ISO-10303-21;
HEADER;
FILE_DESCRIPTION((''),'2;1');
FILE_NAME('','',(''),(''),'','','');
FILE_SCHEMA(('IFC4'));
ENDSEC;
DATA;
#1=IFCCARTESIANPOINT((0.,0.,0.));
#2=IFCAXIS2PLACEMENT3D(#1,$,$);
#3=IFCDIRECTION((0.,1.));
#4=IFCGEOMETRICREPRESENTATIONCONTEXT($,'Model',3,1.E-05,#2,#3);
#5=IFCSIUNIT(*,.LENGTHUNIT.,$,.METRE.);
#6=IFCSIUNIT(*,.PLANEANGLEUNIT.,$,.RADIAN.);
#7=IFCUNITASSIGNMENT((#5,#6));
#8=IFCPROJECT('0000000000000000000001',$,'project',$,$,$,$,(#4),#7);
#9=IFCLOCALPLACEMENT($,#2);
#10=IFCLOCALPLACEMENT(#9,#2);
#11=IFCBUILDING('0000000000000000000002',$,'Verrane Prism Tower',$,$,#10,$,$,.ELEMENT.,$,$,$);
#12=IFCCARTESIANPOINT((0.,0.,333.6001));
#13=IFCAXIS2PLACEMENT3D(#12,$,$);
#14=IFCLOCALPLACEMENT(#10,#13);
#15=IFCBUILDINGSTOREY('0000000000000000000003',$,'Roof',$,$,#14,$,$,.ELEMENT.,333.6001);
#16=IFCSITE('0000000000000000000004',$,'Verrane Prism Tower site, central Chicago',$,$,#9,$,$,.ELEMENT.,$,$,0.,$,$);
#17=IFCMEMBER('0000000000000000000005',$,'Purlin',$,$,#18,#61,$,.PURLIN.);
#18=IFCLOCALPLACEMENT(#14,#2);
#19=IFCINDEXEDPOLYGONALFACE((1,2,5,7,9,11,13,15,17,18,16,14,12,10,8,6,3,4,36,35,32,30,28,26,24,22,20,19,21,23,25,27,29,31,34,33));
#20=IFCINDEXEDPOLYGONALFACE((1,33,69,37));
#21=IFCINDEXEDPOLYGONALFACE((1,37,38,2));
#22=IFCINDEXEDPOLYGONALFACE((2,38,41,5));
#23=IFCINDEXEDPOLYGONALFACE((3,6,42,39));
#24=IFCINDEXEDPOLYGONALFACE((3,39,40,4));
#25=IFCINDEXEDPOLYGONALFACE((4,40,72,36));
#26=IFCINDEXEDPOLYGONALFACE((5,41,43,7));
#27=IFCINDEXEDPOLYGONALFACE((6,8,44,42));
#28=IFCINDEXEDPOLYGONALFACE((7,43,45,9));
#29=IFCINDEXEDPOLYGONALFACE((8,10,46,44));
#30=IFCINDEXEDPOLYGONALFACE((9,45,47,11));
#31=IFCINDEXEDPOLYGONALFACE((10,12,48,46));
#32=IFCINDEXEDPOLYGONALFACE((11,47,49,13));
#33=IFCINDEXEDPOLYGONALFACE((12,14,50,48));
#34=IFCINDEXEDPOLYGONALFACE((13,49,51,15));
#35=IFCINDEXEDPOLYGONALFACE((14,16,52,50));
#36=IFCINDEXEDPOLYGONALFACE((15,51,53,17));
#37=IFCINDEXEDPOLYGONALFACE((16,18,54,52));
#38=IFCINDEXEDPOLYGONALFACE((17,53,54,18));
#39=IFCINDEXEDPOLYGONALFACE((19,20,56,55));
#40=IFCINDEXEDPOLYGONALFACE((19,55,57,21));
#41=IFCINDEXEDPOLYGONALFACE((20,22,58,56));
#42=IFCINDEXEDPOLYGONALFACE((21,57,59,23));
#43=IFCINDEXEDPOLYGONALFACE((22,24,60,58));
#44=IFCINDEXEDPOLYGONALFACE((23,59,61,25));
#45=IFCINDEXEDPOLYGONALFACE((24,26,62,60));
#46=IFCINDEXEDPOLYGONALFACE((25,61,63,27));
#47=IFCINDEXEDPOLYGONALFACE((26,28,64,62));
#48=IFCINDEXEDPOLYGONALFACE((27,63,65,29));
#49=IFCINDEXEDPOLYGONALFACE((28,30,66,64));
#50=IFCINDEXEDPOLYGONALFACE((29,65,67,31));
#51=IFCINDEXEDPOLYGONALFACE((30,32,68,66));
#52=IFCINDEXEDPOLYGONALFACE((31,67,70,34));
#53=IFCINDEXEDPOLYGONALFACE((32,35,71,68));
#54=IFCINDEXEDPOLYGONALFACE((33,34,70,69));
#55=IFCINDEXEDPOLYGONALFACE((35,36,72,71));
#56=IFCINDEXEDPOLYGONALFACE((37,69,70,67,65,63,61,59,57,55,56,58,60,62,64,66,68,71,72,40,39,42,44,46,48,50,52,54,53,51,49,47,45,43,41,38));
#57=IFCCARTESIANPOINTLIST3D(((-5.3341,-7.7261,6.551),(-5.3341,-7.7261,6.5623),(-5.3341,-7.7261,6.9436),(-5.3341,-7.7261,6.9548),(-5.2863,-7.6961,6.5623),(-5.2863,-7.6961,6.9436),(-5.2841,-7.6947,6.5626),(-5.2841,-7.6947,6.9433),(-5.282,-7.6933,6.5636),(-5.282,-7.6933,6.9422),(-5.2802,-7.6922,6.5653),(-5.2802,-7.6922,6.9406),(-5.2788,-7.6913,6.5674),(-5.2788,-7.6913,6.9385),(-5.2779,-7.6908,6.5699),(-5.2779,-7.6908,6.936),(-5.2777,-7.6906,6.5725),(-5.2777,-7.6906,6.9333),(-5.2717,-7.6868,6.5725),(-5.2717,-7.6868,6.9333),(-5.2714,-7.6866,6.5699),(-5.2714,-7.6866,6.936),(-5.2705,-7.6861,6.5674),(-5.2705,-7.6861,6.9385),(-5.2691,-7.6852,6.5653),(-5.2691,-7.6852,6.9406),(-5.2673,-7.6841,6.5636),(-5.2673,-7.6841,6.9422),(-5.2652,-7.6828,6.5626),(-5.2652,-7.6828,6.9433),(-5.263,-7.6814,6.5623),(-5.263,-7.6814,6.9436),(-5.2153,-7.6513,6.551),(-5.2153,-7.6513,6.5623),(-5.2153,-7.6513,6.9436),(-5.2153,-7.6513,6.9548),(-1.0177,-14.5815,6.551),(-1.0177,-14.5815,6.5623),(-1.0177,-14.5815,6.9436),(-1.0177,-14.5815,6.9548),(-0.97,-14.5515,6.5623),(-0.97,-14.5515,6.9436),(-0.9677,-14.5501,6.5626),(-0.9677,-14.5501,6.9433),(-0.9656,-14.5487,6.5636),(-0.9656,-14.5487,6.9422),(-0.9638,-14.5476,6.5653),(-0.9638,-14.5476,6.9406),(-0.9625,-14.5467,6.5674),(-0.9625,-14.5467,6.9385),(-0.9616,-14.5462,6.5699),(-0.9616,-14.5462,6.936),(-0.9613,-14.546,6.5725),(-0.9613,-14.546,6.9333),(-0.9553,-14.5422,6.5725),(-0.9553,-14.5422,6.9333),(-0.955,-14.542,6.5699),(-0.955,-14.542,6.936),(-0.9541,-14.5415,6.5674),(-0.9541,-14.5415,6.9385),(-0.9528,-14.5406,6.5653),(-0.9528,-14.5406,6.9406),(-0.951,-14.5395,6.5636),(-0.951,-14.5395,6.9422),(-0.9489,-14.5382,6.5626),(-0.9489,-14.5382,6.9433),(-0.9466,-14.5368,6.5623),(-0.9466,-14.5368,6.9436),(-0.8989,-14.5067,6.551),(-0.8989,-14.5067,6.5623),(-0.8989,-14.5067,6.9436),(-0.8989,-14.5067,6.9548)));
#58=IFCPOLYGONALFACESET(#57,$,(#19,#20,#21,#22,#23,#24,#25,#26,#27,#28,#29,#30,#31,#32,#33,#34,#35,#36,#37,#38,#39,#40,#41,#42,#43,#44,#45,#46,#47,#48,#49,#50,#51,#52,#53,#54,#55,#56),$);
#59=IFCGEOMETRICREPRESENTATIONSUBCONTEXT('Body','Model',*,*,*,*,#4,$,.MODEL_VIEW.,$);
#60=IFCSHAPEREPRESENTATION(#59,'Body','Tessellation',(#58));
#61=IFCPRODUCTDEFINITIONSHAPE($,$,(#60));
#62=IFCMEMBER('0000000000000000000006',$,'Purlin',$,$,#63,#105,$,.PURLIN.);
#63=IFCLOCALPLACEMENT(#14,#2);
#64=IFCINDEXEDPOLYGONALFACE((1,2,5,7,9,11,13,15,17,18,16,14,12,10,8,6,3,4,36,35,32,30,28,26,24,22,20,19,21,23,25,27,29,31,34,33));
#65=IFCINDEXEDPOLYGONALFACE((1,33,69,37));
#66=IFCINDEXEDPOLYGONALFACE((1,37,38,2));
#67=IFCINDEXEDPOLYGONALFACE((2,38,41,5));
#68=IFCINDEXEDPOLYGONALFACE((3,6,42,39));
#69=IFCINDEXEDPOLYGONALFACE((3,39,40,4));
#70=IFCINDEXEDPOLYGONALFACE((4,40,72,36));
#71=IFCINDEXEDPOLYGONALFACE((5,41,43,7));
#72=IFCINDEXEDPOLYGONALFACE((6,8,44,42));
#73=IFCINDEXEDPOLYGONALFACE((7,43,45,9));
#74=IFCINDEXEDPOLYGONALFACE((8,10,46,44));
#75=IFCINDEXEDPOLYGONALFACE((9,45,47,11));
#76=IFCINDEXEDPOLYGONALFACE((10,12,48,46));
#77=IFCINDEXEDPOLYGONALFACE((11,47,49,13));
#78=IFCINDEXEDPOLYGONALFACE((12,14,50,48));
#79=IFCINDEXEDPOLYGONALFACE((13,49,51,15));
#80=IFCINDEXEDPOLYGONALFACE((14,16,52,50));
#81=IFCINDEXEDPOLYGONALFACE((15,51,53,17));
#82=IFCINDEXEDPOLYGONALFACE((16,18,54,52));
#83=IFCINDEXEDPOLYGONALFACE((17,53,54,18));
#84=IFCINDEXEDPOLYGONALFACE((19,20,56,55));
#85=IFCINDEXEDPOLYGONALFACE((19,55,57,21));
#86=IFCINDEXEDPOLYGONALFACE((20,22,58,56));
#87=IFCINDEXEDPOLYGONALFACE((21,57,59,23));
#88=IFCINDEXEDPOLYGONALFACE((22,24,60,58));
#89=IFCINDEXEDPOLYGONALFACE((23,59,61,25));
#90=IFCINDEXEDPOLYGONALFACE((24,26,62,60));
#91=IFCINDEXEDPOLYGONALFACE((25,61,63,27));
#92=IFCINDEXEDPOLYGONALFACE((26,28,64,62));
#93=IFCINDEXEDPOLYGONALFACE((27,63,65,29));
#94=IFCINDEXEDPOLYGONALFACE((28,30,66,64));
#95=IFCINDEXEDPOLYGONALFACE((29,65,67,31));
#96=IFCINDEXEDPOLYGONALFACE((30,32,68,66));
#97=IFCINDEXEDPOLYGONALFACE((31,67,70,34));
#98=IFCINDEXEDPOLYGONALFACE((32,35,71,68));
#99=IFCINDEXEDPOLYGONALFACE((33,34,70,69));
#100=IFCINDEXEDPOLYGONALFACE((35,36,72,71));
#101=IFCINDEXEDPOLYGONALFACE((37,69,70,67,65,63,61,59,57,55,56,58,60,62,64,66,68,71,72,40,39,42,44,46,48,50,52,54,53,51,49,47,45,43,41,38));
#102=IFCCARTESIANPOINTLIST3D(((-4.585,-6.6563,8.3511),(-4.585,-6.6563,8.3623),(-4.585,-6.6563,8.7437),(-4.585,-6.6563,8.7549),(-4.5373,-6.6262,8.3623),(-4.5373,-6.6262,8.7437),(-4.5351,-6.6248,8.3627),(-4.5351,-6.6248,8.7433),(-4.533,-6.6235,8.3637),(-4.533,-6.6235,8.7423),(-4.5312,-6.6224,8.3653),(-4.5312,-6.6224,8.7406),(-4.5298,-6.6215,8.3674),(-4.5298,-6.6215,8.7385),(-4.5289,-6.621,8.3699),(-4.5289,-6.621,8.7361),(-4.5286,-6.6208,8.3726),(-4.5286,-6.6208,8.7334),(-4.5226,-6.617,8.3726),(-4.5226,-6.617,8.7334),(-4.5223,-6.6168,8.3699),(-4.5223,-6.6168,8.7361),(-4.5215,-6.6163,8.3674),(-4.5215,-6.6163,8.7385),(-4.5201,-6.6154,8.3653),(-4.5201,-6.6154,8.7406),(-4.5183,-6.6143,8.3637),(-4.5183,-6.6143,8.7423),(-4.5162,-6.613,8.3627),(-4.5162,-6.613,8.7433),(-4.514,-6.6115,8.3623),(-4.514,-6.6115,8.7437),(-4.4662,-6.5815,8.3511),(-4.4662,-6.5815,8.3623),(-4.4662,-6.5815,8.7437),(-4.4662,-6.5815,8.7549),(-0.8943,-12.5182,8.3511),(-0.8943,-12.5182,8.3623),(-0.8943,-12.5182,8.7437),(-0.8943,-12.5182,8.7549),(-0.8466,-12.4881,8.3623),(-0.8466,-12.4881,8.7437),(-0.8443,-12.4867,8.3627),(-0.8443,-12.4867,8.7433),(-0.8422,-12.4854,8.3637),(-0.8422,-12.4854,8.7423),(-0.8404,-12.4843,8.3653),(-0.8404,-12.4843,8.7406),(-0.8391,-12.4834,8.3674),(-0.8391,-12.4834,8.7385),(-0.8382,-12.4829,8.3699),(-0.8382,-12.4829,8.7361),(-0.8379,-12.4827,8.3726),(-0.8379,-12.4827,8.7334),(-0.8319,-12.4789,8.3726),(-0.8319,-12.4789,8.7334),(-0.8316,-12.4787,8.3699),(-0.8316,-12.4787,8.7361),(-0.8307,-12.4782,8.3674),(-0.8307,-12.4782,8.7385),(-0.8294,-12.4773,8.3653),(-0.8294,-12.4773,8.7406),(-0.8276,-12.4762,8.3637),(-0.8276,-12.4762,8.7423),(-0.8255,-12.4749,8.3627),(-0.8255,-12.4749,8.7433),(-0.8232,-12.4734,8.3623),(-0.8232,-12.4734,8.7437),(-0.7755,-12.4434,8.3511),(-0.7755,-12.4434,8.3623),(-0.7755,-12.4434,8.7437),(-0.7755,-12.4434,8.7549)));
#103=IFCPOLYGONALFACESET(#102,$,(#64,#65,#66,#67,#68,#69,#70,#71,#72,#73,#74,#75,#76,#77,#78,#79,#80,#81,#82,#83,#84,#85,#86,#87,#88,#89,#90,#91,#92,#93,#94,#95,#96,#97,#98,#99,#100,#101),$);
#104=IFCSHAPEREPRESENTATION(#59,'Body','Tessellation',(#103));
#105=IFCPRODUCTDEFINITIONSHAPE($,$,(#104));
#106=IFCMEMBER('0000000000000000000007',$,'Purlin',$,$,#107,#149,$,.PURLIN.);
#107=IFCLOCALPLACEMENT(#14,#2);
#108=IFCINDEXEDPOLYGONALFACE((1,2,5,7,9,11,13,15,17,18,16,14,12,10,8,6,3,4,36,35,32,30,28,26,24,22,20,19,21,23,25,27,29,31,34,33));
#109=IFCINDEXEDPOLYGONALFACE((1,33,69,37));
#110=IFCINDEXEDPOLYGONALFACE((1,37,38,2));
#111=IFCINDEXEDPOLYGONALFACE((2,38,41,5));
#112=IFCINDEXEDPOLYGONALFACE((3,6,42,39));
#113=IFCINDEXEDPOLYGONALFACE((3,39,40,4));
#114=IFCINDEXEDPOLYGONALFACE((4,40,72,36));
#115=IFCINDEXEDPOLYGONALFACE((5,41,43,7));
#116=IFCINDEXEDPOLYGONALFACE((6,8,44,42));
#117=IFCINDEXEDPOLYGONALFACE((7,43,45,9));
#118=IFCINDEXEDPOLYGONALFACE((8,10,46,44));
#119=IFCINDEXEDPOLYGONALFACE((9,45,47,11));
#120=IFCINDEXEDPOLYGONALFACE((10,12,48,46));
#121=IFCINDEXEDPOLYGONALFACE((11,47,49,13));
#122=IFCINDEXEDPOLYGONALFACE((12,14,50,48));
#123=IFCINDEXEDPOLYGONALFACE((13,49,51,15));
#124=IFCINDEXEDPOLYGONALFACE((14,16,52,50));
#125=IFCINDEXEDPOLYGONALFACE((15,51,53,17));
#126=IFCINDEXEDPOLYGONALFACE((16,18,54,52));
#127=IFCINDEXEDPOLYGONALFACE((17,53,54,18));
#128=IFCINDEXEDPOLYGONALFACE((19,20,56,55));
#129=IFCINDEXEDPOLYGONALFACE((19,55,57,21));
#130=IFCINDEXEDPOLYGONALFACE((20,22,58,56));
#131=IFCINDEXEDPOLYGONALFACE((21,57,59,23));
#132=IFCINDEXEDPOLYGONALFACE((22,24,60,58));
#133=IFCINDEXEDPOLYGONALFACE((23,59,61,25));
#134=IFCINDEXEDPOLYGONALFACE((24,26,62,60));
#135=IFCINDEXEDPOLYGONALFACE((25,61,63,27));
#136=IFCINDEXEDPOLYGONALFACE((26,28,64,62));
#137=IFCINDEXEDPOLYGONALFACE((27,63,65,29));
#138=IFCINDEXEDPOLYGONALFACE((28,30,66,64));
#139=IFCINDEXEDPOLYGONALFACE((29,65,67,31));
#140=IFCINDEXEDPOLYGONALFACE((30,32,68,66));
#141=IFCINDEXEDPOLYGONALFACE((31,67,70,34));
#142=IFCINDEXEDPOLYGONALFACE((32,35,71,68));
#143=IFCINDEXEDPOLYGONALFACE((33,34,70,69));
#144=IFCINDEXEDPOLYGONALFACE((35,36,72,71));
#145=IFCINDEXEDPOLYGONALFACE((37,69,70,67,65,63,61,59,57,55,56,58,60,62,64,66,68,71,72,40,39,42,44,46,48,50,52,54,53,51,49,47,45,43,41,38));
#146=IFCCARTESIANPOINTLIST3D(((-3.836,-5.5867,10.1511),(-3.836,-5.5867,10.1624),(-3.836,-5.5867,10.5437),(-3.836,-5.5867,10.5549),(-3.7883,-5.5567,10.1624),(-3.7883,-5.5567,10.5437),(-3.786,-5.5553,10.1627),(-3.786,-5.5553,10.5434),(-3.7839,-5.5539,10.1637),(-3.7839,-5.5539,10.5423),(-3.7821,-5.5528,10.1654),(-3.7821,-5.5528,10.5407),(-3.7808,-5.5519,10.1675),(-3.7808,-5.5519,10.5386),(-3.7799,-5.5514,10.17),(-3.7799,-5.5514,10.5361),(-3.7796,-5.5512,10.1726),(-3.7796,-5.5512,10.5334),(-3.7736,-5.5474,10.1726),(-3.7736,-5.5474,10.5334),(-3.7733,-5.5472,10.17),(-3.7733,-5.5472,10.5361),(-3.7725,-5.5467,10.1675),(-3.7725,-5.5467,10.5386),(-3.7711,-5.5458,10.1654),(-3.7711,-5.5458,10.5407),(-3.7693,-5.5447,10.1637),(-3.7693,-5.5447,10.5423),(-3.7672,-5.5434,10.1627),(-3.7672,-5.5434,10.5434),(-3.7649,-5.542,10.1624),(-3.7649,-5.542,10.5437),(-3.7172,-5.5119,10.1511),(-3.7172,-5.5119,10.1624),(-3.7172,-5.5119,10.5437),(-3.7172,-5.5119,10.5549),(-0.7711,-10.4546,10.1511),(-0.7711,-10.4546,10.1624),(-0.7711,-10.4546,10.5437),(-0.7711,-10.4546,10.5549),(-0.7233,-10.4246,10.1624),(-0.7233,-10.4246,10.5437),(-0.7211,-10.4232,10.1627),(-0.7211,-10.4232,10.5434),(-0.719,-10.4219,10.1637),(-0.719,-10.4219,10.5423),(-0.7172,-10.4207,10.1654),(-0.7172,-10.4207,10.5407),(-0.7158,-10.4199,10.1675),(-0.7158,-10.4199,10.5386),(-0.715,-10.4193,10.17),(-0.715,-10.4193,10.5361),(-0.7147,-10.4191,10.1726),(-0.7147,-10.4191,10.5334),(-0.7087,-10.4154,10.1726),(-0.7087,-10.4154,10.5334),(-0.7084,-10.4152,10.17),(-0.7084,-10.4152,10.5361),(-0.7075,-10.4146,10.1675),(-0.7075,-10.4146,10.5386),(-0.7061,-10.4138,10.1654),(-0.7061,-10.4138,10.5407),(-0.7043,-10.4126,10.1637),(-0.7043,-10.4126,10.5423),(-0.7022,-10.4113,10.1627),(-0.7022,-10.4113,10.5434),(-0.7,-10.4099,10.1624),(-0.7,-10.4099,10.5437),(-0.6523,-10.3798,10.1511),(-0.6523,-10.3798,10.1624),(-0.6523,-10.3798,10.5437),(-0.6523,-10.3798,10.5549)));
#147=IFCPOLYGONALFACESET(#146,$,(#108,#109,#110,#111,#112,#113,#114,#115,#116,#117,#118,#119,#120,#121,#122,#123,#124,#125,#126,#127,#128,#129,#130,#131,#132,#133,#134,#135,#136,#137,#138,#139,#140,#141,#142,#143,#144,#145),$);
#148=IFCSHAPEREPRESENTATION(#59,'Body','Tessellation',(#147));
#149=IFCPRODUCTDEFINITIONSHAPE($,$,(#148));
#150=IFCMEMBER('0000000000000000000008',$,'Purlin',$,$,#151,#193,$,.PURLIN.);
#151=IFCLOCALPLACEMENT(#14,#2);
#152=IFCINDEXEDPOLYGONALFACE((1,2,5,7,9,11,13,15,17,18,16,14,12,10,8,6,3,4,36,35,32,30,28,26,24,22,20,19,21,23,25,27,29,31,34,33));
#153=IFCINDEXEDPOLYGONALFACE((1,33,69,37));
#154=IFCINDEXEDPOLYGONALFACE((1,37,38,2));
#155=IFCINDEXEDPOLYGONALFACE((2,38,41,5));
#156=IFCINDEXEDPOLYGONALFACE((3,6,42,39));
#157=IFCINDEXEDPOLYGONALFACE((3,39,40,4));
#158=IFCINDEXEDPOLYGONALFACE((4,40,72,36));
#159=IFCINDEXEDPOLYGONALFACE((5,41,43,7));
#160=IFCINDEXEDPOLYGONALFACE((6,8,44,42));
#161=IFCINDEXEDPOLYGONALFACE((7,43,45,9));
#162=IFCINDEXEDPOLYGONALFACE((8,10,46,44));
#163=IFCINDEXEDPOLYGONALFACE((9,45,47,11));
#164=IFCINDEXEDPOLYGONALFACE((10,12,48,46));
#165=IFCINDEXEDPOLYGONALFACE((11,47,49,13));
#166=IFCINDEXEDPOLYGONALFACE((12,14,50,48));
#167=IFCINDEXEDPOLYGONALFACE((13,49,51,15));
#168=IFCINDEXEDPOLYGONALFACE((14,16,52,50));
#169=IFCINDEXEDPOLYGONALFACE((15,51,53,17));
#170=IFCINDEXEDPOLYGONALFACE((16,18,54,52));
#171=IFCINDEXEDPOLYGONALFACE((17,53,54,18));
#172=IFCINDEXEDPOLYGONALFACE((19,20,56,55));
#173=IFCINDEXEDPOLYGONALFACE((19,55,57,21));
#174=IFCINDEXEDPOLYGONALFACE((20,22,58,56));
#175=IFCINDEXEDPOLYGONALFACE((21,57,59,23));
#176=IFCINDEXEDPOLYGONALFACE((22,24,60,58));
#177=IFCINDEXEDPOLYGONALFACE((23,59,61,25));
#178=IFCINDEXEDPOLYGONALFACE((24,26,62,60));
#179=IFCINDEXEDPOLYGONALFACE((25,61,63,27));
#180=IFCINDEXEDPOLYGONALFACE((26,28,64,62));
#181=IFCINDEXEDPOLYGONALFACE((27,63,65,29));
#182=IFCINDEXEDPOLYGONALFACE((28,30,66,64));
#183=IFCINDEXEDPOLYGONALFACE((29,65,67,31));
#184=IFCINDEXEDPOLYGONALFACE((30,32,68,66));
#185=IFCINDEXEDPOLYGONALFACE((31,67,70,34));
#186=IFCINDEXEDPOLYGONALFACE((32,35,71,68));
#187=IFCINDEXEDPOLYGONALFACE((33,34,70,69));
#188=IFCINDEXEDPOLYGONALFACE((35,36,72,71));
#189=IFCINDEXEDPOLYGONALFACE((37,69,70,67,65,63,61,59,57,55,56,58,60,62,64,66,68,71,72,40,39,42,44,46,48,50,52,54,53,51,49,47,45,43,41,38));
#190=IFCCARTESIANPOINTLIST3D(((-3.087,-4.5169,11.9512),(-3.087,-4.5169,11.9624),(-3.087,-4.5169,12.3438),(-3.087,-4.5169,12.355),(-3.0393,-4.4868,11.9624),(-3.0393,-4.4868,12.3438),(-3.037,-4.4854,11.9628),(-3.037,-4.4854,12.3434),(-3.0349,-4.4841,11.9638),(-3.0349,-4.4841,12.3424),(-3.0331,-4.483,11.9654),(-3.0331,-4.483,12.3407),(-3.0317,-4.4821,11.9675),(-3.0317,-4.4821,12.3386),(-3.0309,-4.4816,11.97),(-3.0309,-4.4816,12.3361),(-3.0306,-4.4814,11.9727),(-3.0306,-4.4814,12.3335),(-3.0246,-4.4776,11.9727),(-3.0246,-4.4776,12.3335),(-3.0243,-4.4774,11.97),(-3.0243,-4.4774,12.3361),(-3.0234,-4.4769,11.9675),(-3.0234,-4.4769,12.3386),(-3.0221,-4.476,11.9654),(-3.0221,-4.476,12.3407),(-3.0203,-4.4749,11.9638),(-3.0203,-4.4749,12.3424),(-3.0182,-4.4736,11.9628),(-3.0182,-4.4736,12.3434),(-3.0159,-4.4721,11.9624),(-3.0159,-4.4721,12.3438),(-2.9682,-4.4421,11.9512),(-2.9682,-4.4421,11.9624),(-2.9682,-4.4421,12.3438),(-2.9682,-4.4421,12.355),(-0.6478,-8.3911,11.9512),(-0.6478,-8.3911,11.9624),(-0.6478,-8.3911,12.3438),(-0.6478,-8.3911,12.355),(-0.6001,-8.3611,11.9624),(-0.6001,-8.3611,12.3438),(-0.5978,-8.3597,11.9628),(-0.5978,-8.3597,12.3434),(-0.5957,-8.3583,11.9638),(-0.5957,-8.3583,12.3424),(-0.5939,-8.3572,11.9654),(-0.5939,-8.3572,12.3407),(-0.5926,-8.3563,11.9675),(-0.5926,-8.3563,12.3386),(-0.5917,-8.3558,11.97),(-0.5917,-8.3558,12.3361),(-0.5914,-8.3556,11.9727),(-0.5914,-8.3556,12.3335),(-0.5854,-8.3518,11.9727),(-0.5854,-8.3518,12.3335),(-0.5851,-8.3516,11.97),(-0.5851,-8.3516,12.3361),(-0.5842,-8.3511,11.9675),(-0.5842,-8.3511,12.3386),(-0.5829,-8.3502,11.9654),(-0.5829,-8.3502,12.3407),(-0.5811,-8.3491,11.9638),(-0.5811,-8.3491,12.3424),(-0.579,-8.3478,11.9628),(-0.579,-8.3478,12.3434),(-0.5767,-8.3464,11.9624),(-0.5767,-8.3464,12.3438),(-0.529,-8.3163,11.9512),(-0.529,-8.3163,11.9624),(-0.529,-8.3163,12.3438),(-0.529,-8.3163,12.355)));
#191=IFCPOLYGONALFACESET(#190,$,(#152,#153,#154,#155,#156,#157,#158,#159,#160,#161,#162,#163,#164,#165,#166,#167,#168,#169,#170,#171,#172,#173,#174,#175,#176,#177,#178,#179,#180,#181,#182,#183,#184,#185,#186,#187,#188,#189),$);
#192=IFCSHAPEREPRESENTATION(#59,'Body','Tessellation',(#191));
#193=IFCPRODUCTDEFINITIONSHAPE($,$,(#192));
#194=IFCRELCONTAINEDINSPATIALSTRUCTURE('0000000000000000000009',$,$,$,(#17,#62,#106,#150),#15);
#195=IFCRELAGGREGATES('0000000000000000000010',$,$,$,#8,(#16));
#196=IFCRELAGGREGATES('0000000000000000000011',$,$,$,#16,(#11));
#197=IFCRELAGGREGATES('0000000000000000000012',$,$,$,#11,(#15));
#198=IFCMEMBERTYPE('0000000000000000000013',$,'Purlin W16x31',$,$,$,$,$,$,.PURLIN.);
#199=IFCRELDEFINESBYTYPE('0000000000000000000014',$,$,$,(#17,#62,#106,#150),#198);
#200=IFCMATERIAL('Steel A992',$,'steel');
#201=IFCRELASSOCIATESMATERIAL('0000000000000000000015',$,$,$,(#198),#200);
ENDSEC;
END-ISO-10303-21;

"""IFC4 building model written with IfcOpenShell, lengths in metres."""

from ifc_helpers import new_model, si_unit, direction, frame, origin, origin_2d, place, context, subcontext, project, spatial, i_section, extrude, material, material_profile, profile_set, type_object, element, save


model = new_model("IFC4")

# Units and contexts
model_context = context("Model", 3, precision=1e-05, world=origin(), true_north=direction((0.0, 1.0)))
body_context = subcontext(model_context, "Body", "Model", "MODEL_VIEW")
ifc_project = project(units=[si_unit("LENGTHUNIT", "METRE"), si_unit("PLANEANGLEUNIT", "RADIAN")], contexts=[model_context])

# Site, building, storey
site_placement = place(None, origin())
site = spatial("IfcSite", under=ifc_project, at=site_placement, Name="Verrane Prism Tower site, central Chicago", CompositionType="ELEMENT", RefElevation=0.0)
building_placement = place(site_placement, origin())
building = spatial("IfcBuilding", under=site, at=building_placement, Name="Verrane Prism Tower", CompositionType="ELEMENT")
storey_placement = place(building_placement, frame((0.0, 0.0, 333.6001)))
storey = spatial("IfcBuildingStorey", under=building, at=storey_placement, Name="Roof", CompositionType="ELEMENT", Elevation=333.6001)

# Members
ifc_material_1 = material(Name="Steel A992", Category="steel")
ifc_material_profile_1 = material_profile(ifc_material_1, i_section(OverallWidth=0.1404, OverallDepth=0.4038, WebThickness=0.0071, FlangeThickness=0.0112, FilletRadius=0.0103, at=origin_2d()), Name="W16x31")
ifc_profile_set_1 = profile_set([ifc_material_profile_1], Name="Steel A992")
member_type_1 = type_object("IfcMemberType", Name="Purlin W16x31", PredefinedType="PURLIN", material=ifc_profile_set_1)
member_1_placement = place(storey_placement, frame((-5.2747, -7.6887, 6.7529), z_axis=(0.532813, -0.846233, 0.0), x_axis=(0.846233, 0.532813, 0.0)))
element("IfcMember", 1, at=member_1_placement, inside=storey, type_object=member_type_1, Name="Purlin", PredefinedType="PURLIN", context=body_context, shape_type="SweptSolid", body=[
    extrude(i_section(OverallWidth=0.1404, OverallDepth=0.4038, WebThickness=0.0071, FlangeThickness=0.0112, FilletRadius=0.0103, at=origin_2d()), origin(), (0.0, 0.0, 1.0), 8.1011),
])
member_2_placement = place(storey_placement, frame((-4.5256, -6.6189, 8.553), z_axis=(0.532803, -0.846239, 0.0), x_axis=(0.846239, 0.532803, 0.0)))
element("IfcMember", 2, at=member_2_placement, inside=storey, type_object=member_type_1, Name="Purlin", PredefinedType="PURLIN", context=body_context, shape_type="SweptSolid", body=[
    extrude(i_section(OverallWidth=0.1404, OverallDepth=0.4038, WebThickness=0.0071, FlangeThickness=0.0112, FilletRadius=0.0103, at=origin_2d()), origin(), (0.0, 0.0, 1.0), 6.927),
])
member_3_placement = place(storey_placement, frame((-3.7766, -5.5493, 10.353), z_axis=(0.532808, -0.846236, 0.0), x_axis=(0.846236, 0.532808, 0.0)))
element("IfcMember", 3, at=member_3_placement, inside=storey, type_object=member_type_1, Name="Purlin", PredefinedType="PURLIN", context=body_context, shape_type="SweptSolid", body=[
    extrude(i_section(OverallWidth=0.1404, OverallDepth=0.4038, WebThickness=0.0071, FlangeThickness=0.0112, FilletRadius=0.0103, at=origin_2d()), origin(), (0.0, 0.0, 1.0), 5.7524),
])
member_4_placement = place(storey_placement, frame((-3.0276, -4.4795, 12.1531), z_axis=(0.532791, -0.846247, 0.0), x_axis=(0.846247, 0.532791, 0.0)))
element("IfcMember", 4, at=member_4_placement, inside=storey, type_object=member_type_1, Name="Purlin", PredefinedType="PURLIN", context=body_context, shape_type="SweptSolid", body=[
    extrude(i_section(OverallWidth=0.1404, OverallDepth=0.4038, WebThickness=0.0071, FlangeThickness=0.0112, FilletRadius=0.0103, at=origin_2d()), origin(), (0.0, 0.0, 1.0), 4.5781),
])

save(model, "model.ifc")
